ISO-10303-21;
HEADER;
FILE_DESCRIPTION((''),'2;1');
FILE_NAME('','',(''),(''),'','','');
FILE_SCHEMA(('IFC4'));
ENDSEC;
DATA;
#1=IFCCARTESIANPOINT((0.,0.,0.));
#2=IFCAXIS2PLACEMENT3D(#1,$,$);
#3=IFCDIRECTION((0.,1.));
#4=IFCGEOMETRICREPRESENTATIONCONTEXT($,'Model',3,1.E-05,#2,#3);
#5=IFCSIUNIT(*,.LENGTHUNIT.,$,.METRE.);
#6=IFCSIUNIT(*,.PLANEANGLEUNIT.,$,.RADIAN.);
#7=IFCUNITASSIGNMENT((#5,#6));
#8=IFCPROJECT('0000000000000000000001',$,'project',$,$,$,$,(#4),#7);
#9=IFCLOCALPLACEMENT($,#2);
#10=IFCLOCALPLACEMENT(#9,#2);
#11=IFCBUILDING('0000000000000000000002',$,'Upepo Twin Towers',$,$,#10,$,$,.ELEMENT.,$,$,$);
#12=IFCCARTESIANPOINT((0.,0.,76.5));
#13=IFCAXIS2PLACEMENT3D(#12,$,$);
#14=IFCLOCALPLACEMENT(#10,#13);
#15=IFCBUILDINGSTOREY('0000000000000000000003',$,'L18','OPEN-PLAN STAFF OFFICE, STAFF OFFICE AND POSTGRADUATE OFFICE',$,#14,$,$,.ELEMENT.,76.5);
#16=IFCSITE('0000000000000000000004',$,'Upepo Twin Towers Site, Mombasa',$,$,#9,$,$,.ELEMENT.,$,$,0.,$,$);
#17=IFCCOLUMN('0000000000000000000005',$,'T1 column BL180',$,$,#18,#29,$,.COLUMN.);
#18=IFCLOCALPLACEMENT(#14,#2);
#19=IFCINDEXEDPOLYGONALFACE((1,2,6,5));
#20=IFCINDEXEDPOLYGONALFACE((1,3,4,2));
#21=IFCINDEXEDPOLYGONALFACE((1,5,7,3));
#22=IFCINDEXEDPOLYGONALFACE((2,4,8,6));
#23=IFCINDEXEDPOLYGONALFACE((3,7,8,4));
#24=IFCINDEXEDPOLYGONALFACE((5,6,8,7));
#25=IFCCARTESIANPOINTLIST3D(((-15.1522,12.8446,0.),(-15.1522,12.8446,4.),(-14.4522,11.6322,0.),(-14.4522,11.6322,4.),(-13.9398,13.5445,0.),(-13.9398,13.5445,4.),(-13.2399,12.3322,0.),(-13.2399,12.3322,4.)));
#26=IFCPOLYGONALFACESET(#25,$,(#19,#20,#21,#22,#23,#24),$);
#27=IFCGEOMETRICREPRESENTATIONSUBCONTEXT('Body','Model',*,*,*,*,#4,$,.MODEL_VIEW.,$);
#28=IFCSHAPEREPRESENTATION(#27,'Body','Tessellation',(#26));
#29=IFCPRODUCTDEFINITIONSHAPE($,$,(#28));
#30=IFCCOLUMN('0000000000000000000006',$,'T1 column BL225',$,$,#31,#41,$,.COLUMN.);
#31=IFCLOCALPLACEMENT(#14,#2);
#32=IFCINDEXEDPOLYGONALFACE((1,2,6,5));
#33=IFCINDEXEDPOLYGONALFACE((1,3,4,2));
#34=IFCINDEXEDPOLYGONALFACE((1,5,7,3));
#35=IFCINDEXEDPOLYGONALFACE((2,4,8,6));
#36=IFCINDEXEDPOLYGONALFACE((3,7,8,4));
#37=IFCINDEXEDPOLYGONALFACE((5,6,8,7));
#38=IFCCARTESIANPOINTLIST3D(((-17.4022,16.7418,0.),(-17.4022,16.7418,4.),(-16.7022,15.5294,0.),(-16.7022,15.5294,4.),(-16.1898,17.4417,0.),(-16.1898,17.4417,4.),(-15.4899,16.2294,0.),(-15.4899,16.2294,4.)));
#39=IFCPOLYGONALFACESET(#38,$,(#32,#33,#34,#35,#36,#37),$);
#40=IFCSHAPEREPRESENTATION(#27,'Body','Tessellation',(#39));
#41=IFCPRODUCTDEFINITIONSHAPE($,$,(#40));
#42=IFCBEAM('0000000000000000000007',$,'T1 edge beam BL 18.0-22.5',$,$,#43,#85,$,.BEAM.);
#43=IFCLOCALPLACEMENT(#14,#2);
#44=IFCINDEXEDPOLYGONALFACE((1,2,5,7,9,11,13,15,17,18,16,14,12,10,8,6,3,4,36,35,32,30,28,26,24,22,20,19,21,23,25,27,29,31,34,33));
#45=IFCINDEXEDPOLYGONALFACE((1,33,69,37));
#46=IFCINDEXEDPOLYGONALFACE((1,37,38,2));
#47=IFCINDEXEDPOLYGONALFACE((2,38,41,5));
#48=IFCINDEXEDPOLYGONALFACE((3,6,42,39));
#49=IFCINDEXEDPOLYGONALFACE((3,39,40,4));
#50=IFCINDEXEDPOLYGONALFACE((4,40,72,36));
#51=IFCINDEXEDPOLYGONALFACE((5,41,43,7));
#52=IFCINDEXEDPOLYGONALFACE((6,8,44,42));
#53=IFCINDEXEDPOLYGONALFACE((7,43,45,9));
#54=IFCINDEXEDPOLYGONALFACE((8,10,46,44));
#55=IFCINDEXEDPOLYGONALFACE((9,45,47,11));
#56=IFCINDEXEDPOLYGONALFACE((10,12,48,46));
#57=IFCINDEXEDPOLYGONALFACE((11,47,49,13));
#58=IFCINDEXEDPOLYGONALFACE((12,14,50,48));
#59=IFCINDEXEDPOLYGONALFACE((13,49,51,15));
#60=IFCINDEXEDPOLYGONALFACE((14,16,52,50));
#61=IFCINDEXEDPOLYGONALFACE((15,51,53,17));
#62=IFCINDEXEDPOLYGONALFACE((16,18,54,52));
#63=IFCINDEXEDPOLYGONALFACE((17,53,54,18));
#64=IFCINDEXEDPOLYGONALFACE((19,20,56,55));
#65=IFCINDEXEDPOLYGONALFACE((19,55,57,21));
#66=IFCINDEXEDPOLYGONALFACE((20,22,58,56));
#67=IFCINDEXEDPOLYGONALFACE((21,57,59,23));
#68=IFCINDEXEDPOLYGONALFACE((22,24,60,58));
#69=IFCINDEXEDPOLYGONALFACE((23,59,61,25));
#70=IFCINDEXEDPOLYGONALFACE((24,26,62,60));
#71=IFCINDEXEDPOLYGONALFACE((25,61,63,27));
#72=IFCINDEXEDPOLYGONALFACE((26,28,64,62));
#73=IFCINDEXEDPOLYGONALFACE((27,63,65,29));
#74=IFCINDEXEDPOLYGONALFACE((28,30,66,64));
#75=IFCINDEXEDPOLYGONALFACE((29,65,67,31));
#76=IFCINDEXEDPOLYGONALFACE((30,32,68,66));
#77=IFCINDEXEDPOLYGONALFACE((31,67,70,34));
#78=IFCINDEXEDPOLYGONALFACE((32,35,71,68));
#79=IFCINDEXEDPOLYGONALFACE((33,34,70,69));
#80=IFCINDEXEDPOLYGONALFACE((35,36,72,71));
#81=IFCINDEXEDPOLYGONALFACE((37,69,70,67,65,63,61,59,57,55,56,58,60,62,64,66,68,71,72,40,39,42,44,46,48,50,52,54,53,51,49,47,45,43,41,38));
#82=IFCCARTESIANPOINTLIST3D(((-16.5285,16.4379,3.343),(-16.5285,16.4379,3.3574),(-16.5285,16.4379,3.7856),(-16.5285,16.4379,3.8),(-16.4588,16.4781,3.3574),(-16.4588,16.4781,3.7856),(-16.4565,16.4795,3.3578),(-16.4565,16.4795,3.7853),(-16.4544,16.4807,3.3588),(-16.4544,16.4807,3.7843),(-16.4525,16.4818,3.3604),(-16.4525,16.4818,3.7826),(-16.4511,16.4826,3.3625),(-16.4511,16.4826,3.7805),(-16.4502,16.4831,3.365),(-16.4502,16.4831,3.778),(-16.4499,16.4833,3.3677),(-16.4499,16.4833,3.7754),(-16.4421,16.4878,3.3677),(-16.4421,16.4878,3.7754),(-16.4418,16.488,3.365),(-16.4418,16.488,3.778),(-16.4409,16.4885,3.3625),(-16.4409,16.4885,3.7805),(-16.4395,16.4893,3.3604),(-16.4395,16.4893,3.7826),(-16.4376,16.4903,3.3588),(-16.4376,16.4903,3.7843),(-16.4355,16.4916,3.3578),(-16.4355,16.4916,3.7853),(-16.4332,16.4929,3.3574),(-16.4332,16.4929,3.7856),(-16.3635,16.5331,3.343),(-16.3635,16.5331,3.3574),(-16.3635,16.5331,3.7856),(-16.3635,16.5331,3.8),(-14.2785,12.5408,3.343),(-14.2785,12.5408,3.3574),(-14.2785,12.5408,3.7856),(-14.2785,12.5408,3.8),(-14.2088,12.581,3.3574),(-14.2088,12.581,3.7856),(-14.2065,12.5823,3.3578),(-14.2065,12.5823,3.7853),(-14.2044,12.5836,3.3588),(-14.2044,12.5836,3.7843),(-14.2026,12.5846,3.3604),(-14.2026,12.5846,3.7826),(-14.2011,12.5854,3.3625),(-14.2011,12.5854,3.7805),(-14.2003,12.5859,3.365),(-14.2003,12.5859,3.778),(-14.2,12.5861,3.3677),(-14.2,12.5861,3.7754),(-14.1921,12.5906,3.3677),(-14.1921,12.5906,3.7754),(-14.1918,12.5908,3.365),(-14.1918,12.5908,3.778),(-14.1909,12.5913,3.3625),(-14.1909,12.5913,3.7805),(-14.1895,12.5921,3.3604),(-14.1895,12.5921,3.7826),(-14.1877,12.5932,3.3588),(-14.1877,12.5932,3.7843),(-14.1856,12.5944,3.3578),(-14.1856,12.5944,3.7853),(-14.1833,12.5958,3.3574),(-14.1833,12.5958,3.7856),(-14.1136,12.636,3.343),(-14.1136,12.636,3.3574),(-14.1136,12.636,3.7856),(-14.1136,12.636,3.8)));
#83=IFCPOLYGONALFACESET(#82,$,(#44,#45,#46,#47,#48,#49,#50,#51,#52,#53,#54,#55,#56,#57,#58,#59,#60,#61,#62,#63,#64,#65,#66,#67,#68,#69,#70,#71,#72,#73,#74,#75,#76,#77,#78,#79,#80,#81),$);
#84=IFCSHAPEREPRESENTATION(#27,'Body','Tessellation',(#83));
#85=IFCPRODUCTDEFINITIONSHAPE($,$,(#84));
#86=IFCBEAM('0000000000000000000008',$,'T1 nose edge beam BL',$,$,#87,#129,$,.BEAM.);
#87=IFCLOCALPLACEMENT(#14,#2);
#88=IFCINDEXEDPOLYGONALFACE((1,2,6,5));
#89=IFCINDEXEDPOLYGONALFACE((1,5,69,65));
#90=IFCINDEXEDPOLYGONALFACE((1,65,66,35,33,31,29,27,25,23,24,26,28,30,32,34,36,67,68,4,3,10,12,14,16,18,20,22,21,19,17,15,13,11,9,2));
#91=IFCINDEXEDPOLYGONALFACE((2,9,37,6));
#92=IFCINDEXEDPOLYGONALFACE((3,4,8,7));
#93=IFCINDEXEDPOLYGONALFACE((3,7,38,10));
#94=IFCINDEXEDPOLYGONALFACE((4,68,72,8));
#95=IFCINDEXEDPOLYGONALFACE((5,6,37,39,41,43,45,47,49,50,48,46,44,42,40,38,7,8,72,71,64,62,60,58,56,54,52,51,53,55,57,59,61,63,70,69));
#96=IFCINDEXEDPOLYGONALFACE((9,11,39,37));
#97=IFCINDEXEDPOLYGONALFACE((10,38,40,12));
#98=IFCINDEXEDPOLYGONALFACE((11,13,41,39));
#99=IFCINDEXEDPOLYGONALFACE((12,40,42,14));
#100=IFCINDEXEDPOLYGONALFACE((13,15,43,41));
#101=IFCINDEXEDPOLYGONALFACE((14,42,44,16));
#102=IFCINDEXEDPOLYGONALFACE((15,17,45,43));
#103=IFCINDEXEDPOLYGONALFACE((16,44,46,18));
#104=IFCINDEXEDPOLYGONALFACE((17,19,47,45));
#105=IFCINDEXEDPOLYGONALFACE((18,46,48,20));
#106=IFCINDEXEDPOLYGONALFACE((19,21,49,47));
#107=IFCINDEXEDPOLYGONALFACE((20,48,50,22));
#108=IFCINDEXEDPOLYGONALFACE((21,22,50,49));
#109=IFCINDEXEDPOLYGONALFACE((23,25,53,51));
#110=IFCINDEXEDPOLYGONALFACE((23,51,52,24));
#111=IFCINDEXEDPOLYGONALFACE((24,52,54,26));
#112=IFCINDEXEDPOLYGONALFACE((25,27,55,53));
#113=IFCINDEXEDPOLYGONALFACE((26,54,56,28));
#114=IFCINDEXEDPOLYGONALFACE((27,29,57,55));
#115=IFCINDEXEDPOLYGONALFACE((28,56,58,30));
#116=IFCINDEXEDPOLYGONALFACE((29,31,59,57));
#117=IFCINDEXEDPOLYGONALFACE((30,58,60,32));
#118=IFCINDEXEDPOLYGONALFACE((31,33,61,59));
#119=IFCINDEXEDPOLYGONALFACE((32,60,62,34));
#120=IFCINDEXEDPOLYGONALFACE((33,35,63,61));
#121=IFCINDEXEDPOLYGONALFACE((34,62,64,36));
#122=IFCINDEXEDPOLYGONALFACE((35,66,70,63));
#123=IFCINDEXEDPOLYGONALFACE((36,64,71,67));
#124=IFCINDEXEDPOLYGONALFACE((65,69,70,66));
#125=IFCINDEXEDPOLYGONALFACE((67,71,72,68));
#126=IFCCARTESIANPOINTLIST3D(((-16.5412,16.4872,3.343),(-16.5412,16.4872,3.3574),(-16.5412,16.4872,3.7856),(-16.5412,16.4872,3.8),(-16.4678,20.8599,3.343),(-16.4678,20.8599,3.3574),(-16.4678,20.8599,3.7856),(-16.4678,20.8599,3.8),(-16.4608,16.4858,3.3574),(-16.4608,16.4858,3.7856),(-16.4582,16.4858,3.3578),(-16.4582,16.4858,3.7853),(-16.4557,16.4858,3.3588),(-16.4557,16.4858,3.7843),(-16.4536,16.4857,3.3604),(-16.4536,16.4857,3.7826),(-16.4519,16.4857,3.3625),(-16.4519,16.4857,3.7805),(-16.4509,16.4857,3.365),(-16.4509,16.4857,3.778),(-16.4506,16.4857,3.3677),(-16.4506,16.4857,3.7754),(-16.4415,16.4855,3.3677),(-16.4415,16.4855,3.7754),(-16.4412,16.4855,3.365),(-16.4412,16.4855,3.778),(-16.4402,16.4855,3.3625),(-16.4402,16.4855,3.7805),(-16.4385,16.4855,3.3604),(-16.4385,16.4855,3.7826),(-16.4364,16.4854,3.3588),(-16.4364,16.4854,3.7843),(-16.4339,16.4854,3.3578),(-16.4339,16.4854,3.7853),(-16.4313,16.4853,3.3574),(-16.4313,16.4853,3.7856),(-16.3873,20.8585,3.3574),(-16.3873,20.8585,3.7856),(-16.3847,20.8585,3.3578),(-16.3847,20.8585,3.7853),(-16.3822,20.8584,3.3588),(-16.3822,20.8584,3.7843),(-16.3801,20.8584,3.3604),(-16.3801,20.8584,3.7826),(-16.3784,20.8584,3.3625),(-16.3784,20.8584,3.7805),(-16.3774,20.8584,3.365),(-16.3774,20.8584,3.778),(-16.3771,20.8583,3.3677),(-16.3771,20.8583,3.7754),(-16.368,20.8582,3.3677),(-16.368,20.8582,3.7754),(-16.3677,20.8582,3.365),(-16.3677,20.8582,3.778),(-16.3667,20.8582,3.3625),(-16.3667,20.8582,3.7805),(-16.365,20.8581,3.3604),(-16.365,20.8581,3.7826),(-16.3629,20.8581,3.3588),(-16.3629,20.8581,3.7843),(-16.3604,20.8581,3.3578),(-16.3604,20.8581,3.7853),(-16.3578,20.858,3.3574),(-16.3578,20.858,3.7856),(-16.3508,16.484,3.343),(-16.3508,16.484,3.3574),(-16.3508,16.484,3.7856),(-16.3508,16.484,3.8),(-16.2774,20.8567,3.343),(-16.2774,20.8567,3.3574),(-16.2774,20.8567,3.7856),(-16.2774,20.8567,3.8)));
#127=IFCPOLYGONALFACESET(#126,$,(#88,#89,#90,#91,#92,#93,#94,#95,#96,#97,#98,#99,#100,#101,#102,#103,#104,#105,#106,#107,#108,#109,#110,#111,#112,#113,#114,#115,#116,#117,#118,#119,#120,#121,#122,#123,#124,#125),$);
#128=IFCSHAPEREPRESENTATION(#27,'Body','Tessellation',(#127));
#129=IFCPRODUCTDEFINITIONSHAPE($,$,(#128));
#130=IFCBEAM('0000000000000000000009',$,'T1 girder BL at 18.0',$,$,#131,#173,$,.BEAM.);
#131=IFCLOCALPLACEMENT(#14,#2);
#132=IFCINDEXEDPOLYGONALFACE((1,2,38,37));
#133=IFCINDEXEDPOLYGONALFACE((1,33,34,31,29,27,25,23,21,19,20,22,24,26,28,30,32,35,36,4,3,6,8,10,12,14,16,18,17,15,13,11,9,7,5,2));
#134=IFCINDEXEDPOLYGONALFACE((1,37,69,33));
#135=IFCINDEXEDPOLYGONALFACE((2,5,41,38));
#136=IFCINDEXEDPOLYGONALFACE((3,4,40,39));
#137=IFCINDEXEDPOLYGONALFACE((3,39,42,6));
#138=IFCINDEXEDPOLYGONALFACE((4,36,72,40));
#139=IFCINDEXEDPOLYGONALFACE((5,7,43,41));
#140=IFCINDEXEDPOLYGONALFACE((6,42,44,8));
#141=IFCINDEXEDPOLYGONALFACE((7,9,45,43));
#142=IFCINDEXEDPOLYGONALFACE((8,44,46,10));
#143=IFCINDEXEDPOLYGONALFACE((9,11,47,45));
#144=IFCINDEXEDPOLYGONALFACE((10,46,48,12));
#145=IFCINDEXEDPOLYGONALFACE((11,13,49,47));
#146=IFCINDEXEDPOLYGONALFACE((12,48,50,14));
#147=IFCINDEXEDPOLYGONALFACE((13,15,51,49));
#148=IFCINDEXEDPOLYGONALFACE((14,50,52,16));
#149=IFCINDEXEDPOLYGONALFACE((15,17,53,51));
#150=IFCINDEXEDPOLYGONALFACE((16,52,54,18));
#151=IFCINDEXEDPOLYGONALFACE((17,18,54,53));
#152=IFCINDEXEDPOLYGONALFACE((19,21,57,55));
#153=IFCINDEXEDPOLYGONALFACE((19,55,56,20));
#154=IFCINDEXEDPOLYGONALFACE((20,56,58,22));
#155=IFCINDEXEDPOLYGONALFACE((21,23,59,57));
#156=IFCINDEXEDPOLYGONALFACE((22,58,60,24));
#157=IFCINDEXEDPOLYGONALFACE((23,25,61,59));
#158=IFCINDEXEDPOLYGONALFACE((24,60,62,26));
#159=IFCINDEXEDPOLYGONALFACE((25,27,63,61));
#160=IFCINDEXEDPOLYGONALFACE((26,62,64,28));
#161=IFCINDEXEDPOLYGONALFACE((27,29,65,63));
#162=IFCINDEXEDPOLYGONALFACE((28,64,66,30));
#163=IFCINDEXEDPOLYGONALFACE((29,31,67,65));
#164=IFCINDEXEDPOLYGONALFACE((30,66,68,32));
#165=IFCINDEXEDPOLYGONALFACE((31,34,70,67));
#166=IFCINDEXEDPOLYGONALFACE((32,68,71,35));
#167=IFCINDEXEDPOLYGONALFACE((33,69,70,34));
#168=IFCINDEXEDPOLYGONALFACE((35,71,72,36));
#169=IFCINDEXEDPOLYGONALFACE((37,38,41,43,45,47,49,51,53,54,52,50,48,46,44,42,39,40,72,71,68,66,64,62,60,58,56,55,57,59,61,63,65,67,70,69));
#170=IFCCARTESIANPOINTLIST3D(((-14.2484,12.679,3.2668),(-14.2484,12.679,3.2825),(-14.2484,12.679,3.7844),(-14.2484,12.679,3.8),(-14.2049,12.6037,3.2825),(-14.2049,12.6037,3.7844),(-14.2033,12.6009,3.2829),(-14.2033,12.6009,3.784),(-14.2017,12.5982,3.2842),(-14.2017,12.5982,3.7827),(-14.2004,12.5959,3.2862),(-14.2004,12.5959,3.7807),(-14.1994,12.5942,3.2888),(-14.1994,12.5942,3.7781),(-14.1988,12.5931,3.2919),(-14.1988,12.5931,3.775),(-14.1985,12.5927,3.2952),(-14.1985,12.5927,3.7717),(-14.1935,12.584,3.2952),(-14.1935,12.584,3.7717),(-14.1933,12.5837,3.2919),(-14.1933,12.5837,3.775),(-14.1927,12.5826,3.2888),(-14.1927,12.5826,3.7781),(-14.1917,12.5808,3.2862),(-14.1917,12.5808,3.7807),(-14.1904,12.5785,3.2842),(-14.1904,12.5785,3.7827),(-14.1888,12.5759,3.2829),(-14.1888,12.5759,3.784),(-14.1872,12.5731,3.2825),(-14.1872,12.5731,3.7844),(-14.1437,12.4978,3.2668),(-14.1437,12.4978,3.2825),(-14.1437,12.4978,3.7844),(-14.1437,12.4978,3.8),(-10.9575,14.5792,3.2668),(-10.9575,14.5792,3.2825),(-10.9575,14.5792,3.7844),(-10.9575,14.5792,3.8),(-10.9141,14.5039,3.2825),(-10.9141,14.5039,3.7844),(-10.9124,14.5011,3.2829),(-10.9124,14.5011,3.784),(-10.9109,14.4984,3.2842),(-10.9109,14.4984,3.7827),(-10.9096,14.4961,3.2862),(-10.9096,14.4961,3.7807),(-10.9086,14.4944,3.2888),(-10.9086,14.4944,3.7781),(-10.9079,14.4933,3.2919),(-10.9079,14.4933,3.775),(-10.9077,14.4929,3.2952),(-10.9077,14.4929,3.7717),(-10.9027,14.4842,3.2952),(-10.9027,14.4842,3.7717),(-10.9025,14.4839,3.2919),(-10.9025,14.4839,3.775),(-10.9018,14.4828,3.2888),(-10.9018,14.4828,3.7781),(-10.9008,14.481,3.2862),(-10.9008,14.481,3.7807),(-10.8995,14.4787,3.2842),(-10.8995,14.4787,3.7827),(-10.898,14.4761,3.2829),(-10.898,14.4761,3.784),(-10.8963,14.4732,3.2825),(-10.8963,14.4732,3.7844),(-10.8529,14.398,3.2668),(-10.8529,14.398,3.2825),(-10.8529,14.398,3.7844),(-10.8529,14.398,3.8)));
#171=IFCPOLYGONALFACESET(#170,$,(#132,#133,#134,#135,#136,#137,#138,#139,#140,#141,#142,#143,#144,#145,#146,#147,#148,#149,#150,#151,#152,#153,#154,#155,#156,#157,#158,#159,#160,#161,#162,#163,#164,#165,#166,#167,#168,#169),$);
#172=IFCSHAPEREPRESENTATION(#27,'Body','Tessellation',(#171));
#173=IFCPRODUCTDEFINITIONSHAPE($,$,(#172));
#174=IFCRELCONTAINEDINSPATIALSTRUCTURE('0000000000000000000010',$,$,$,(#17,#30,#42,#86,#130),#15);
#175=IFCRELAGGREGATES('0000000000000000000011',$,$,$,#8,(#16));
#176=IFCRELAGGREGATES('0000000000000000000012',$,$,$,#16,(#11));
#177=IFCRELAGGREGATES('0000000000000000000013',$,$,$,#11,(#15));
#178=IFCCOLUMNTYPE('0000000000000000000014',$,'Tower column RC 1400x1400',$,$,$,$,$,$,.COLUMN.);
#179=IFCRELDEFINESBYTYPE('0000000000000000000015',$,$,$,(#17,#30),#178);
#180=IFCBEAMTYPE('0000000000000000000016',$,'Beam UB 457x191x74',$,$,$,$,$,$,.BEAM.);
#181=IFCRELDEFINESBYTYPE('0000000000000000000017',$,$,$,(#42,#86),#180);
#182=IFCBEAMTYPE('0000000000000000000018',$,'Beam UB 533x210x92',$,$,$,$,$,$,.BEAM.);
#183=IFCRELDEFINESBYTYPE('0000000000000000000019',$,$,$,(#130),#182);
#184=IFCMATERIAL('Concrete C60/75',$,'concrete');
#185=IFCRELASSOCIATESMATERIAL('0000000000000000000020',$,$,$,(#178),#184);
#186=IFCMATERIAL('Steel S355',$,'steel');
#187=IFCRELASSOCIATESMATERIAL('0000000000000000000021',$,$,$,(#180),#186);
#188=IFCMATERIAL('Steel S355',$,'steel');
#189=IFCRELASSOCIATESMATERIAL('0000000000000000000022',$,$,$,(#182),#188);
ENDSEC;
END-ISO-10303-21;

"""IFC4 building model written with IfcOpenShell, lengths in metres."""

from ifc_helpers import new_model, si_unit, direction, frame, origin, origin_2d, place, context, subcontext, project, spatial, rectangle, i_section, extrude, material, material_profile, profile_set, type_object, element, save


model = new_model("IFC4")

# Units and contexts
model_context = context("Model", 3, precision=1e-05, world=origin(), true_north=direction((0.0, 1.0)))
body_context = subcontext(model_context, "Body", "Model", "MODEL_VIEW")
ifc_project = project(units=[si_unit("LENGTHUNIT", "METRE"), si_unit("PLANEANGLEUNIT", "RADIAN")], contexts=[model_context])

# Site, building, storey
site_placement = place(None, origin())
site = spatial("IfcSite", under=ifc_project, at=site_placement, Name="Upepo Twin Towers Site, Mombasa", CompositionType="ELEMENT", RefElevation=0.0)
building_placement = place(site_placement, origin())
building = spatial("IfcBuilding", under=site, at=building_placement, Name="Upepo Twin Towers", CompositionType="ELEMENT")
storey_placement = place(building_placement, frame((0.0, 0.0, 76.5)))
storey = spatial("IfcBuildingStorey", under=building, at=storey_placement, Name="L18", Description="OPEN-PLAN STAFF OFFICE, STAFF OFFICE AND POSTGRADUATE OFFICE", CompositionType="ELEMENT", Elevation=76.5)

# Columns
ifc_material_1 = material(Name="Concrete C60/75", Category="concrete")
ifc_material_profile_1 = material_profile(ifc_material_1, rectangle(XDim=1.3999, YDim=1.3999, at=origin_2d()), Name="RC 1400x1400")
ifc_profile_set_1 = profile_set([ifc_material_profile_1], Name="Concrete C60/75")
column_type = type_object("IfcColumnType", Name="Tower column RC 1400x1400", PredefinedType="COLUMN", material=ifc_profile_set_1)
for number, where, z_axis, x_axis, name in (
    (1, (-14.196, 12.5884, 0.0), (0.0, 0.0, 1.0), (0.866025, 0.5, 0.0), "T1 column BL180"),
    (2, (-16.446, 16.4856, 0.0), (0.0, 0.0, 1.0), (0.866025, 0.5, 0.0), "T1 column BL225"),
):
    element("IfcColumn", number, at=place(storey_placement, frame(where, z_axis=z_axis, x_axis=x_axis)), inside=storey, type_object=column_type, Name=name, PredefinedType="COLUMN", context=body_context, shape_type="SweptSolid", body=[
        extrude(rectangle(XDim=1.3999, YDim=1.3999, at=origin_2d()), origin(), (0.0, 0.0, 1.0), 4.0),
    ])

# Beams
ifc_material_2 = material(Name="Steel S355", Category="steel")
ifc_material_profile_2 = material_profile(ifc_material_2, i_section(OverallWidth=0.1904, OverallDepth=0.457, WebThickness=0.009, FlangeThickness=0.0144, FilletRadius=0.0103, at=origin_2d()), Name="UB 457x191x74")
ifc_profile_set_2 = profile_set([ifc_material_profile_2], Name="Steel S355")
beam_type_1 = type_object("IfcBeamType", Name="Beam UB 457x191x74", PredefinedType="BEAM", material=ifc_profile_set_2)
beam_1_placement = place(storey_placement, frame((-14.196, 12.5884, 3.5715), z_axis=(-0.49999, 0.866031, 0.0), x_axis=(-0.866031, -0.49999, 0.0)))
element("IfcBeam", 3, at=beam_1_placement, inside=storey, type_object=beam_type_1, Name="T1 edge beam BL 18.0-22.5", PredefinedType="BEAM", context=body_context, shape_type="SweptSolid", body=[
    extrude(i_section(OverallWidth=0.1904, OverallDepth=0.457, WebThickness=0.009, FlangeThickness=0.0144, FilletRadius=0.0103, at=origin_2d()), origin(), (0.0, 0.0, 1.0), 4.5),
])
beam_2_placement = place(storey_placement, frame((-16.446, 16.4856, 3.5715), z_axis=(0.016804, 0.999859, 0.0), x_axis=(-0.999859, 0.016804, 0.0)))
element("IfcBeam", 4, at=beam_2_placement, inside=storey, type_object=beam_type_1, Name="T1 nose edge beam BL", PredefinedType="BEAM", context=body_context, shape_type="SweptSolid", body=[
    extrude(i_section(OverallWidth=0.1904, OverallDepth=0.457, WebThickness=0.009, FlangeThickness=0.0144, FilletRadius=0.0103, at=origin_2d()), origin(), (0.0, 0.0, 1.0), 4.3733),
])
ifc_material_3 = material(Name="Steel S355", Category="steel")
ifc_material_profile_3 = material_profile(ifc_material_3, i_section(OverallWidth=0.2092, OverallDepth=0.5332, WebThickness=0.01, FlangeThickness=0.0156, FilletRadius=0.0127, at=origin_2d()), Name="UB 533x210x92")
ifc_profile_set_3 = profile_set([ifc_material_profile_3], Name="Steel S355")
beam_type_2 = type_object("IfcBeamType", Name="Beam UB 533x210x92", PredefinedType="BEAM", material=ifc_profile_set_3)
beam_3_placement = place(storey_placement, frame((-14.196, 12.5884, 3.5334), z_axis=(0.866, 0.500043, 0.0), x_axis=(-0.500043, 0.866, 0.0)))
element("IfcBeam", 5, at=beam_3_placement, inside=storey, type_object=beam_type_2, Name="T1 girder BL at 18.0", PredefinedType="BEAM", context=body_context, shape_type="SweptSolid", body=[
    extrude(i_section(OverallWidth=0.2092, OverallDepth=0.5332, WebThickness=0.01, FlangeThickness=0.0156, FilletRadius=0.0127, at=origin_2d()), origin(), (0.0, 0.0, 1.0), 3.8),
])

save(model, "model.ifc")
